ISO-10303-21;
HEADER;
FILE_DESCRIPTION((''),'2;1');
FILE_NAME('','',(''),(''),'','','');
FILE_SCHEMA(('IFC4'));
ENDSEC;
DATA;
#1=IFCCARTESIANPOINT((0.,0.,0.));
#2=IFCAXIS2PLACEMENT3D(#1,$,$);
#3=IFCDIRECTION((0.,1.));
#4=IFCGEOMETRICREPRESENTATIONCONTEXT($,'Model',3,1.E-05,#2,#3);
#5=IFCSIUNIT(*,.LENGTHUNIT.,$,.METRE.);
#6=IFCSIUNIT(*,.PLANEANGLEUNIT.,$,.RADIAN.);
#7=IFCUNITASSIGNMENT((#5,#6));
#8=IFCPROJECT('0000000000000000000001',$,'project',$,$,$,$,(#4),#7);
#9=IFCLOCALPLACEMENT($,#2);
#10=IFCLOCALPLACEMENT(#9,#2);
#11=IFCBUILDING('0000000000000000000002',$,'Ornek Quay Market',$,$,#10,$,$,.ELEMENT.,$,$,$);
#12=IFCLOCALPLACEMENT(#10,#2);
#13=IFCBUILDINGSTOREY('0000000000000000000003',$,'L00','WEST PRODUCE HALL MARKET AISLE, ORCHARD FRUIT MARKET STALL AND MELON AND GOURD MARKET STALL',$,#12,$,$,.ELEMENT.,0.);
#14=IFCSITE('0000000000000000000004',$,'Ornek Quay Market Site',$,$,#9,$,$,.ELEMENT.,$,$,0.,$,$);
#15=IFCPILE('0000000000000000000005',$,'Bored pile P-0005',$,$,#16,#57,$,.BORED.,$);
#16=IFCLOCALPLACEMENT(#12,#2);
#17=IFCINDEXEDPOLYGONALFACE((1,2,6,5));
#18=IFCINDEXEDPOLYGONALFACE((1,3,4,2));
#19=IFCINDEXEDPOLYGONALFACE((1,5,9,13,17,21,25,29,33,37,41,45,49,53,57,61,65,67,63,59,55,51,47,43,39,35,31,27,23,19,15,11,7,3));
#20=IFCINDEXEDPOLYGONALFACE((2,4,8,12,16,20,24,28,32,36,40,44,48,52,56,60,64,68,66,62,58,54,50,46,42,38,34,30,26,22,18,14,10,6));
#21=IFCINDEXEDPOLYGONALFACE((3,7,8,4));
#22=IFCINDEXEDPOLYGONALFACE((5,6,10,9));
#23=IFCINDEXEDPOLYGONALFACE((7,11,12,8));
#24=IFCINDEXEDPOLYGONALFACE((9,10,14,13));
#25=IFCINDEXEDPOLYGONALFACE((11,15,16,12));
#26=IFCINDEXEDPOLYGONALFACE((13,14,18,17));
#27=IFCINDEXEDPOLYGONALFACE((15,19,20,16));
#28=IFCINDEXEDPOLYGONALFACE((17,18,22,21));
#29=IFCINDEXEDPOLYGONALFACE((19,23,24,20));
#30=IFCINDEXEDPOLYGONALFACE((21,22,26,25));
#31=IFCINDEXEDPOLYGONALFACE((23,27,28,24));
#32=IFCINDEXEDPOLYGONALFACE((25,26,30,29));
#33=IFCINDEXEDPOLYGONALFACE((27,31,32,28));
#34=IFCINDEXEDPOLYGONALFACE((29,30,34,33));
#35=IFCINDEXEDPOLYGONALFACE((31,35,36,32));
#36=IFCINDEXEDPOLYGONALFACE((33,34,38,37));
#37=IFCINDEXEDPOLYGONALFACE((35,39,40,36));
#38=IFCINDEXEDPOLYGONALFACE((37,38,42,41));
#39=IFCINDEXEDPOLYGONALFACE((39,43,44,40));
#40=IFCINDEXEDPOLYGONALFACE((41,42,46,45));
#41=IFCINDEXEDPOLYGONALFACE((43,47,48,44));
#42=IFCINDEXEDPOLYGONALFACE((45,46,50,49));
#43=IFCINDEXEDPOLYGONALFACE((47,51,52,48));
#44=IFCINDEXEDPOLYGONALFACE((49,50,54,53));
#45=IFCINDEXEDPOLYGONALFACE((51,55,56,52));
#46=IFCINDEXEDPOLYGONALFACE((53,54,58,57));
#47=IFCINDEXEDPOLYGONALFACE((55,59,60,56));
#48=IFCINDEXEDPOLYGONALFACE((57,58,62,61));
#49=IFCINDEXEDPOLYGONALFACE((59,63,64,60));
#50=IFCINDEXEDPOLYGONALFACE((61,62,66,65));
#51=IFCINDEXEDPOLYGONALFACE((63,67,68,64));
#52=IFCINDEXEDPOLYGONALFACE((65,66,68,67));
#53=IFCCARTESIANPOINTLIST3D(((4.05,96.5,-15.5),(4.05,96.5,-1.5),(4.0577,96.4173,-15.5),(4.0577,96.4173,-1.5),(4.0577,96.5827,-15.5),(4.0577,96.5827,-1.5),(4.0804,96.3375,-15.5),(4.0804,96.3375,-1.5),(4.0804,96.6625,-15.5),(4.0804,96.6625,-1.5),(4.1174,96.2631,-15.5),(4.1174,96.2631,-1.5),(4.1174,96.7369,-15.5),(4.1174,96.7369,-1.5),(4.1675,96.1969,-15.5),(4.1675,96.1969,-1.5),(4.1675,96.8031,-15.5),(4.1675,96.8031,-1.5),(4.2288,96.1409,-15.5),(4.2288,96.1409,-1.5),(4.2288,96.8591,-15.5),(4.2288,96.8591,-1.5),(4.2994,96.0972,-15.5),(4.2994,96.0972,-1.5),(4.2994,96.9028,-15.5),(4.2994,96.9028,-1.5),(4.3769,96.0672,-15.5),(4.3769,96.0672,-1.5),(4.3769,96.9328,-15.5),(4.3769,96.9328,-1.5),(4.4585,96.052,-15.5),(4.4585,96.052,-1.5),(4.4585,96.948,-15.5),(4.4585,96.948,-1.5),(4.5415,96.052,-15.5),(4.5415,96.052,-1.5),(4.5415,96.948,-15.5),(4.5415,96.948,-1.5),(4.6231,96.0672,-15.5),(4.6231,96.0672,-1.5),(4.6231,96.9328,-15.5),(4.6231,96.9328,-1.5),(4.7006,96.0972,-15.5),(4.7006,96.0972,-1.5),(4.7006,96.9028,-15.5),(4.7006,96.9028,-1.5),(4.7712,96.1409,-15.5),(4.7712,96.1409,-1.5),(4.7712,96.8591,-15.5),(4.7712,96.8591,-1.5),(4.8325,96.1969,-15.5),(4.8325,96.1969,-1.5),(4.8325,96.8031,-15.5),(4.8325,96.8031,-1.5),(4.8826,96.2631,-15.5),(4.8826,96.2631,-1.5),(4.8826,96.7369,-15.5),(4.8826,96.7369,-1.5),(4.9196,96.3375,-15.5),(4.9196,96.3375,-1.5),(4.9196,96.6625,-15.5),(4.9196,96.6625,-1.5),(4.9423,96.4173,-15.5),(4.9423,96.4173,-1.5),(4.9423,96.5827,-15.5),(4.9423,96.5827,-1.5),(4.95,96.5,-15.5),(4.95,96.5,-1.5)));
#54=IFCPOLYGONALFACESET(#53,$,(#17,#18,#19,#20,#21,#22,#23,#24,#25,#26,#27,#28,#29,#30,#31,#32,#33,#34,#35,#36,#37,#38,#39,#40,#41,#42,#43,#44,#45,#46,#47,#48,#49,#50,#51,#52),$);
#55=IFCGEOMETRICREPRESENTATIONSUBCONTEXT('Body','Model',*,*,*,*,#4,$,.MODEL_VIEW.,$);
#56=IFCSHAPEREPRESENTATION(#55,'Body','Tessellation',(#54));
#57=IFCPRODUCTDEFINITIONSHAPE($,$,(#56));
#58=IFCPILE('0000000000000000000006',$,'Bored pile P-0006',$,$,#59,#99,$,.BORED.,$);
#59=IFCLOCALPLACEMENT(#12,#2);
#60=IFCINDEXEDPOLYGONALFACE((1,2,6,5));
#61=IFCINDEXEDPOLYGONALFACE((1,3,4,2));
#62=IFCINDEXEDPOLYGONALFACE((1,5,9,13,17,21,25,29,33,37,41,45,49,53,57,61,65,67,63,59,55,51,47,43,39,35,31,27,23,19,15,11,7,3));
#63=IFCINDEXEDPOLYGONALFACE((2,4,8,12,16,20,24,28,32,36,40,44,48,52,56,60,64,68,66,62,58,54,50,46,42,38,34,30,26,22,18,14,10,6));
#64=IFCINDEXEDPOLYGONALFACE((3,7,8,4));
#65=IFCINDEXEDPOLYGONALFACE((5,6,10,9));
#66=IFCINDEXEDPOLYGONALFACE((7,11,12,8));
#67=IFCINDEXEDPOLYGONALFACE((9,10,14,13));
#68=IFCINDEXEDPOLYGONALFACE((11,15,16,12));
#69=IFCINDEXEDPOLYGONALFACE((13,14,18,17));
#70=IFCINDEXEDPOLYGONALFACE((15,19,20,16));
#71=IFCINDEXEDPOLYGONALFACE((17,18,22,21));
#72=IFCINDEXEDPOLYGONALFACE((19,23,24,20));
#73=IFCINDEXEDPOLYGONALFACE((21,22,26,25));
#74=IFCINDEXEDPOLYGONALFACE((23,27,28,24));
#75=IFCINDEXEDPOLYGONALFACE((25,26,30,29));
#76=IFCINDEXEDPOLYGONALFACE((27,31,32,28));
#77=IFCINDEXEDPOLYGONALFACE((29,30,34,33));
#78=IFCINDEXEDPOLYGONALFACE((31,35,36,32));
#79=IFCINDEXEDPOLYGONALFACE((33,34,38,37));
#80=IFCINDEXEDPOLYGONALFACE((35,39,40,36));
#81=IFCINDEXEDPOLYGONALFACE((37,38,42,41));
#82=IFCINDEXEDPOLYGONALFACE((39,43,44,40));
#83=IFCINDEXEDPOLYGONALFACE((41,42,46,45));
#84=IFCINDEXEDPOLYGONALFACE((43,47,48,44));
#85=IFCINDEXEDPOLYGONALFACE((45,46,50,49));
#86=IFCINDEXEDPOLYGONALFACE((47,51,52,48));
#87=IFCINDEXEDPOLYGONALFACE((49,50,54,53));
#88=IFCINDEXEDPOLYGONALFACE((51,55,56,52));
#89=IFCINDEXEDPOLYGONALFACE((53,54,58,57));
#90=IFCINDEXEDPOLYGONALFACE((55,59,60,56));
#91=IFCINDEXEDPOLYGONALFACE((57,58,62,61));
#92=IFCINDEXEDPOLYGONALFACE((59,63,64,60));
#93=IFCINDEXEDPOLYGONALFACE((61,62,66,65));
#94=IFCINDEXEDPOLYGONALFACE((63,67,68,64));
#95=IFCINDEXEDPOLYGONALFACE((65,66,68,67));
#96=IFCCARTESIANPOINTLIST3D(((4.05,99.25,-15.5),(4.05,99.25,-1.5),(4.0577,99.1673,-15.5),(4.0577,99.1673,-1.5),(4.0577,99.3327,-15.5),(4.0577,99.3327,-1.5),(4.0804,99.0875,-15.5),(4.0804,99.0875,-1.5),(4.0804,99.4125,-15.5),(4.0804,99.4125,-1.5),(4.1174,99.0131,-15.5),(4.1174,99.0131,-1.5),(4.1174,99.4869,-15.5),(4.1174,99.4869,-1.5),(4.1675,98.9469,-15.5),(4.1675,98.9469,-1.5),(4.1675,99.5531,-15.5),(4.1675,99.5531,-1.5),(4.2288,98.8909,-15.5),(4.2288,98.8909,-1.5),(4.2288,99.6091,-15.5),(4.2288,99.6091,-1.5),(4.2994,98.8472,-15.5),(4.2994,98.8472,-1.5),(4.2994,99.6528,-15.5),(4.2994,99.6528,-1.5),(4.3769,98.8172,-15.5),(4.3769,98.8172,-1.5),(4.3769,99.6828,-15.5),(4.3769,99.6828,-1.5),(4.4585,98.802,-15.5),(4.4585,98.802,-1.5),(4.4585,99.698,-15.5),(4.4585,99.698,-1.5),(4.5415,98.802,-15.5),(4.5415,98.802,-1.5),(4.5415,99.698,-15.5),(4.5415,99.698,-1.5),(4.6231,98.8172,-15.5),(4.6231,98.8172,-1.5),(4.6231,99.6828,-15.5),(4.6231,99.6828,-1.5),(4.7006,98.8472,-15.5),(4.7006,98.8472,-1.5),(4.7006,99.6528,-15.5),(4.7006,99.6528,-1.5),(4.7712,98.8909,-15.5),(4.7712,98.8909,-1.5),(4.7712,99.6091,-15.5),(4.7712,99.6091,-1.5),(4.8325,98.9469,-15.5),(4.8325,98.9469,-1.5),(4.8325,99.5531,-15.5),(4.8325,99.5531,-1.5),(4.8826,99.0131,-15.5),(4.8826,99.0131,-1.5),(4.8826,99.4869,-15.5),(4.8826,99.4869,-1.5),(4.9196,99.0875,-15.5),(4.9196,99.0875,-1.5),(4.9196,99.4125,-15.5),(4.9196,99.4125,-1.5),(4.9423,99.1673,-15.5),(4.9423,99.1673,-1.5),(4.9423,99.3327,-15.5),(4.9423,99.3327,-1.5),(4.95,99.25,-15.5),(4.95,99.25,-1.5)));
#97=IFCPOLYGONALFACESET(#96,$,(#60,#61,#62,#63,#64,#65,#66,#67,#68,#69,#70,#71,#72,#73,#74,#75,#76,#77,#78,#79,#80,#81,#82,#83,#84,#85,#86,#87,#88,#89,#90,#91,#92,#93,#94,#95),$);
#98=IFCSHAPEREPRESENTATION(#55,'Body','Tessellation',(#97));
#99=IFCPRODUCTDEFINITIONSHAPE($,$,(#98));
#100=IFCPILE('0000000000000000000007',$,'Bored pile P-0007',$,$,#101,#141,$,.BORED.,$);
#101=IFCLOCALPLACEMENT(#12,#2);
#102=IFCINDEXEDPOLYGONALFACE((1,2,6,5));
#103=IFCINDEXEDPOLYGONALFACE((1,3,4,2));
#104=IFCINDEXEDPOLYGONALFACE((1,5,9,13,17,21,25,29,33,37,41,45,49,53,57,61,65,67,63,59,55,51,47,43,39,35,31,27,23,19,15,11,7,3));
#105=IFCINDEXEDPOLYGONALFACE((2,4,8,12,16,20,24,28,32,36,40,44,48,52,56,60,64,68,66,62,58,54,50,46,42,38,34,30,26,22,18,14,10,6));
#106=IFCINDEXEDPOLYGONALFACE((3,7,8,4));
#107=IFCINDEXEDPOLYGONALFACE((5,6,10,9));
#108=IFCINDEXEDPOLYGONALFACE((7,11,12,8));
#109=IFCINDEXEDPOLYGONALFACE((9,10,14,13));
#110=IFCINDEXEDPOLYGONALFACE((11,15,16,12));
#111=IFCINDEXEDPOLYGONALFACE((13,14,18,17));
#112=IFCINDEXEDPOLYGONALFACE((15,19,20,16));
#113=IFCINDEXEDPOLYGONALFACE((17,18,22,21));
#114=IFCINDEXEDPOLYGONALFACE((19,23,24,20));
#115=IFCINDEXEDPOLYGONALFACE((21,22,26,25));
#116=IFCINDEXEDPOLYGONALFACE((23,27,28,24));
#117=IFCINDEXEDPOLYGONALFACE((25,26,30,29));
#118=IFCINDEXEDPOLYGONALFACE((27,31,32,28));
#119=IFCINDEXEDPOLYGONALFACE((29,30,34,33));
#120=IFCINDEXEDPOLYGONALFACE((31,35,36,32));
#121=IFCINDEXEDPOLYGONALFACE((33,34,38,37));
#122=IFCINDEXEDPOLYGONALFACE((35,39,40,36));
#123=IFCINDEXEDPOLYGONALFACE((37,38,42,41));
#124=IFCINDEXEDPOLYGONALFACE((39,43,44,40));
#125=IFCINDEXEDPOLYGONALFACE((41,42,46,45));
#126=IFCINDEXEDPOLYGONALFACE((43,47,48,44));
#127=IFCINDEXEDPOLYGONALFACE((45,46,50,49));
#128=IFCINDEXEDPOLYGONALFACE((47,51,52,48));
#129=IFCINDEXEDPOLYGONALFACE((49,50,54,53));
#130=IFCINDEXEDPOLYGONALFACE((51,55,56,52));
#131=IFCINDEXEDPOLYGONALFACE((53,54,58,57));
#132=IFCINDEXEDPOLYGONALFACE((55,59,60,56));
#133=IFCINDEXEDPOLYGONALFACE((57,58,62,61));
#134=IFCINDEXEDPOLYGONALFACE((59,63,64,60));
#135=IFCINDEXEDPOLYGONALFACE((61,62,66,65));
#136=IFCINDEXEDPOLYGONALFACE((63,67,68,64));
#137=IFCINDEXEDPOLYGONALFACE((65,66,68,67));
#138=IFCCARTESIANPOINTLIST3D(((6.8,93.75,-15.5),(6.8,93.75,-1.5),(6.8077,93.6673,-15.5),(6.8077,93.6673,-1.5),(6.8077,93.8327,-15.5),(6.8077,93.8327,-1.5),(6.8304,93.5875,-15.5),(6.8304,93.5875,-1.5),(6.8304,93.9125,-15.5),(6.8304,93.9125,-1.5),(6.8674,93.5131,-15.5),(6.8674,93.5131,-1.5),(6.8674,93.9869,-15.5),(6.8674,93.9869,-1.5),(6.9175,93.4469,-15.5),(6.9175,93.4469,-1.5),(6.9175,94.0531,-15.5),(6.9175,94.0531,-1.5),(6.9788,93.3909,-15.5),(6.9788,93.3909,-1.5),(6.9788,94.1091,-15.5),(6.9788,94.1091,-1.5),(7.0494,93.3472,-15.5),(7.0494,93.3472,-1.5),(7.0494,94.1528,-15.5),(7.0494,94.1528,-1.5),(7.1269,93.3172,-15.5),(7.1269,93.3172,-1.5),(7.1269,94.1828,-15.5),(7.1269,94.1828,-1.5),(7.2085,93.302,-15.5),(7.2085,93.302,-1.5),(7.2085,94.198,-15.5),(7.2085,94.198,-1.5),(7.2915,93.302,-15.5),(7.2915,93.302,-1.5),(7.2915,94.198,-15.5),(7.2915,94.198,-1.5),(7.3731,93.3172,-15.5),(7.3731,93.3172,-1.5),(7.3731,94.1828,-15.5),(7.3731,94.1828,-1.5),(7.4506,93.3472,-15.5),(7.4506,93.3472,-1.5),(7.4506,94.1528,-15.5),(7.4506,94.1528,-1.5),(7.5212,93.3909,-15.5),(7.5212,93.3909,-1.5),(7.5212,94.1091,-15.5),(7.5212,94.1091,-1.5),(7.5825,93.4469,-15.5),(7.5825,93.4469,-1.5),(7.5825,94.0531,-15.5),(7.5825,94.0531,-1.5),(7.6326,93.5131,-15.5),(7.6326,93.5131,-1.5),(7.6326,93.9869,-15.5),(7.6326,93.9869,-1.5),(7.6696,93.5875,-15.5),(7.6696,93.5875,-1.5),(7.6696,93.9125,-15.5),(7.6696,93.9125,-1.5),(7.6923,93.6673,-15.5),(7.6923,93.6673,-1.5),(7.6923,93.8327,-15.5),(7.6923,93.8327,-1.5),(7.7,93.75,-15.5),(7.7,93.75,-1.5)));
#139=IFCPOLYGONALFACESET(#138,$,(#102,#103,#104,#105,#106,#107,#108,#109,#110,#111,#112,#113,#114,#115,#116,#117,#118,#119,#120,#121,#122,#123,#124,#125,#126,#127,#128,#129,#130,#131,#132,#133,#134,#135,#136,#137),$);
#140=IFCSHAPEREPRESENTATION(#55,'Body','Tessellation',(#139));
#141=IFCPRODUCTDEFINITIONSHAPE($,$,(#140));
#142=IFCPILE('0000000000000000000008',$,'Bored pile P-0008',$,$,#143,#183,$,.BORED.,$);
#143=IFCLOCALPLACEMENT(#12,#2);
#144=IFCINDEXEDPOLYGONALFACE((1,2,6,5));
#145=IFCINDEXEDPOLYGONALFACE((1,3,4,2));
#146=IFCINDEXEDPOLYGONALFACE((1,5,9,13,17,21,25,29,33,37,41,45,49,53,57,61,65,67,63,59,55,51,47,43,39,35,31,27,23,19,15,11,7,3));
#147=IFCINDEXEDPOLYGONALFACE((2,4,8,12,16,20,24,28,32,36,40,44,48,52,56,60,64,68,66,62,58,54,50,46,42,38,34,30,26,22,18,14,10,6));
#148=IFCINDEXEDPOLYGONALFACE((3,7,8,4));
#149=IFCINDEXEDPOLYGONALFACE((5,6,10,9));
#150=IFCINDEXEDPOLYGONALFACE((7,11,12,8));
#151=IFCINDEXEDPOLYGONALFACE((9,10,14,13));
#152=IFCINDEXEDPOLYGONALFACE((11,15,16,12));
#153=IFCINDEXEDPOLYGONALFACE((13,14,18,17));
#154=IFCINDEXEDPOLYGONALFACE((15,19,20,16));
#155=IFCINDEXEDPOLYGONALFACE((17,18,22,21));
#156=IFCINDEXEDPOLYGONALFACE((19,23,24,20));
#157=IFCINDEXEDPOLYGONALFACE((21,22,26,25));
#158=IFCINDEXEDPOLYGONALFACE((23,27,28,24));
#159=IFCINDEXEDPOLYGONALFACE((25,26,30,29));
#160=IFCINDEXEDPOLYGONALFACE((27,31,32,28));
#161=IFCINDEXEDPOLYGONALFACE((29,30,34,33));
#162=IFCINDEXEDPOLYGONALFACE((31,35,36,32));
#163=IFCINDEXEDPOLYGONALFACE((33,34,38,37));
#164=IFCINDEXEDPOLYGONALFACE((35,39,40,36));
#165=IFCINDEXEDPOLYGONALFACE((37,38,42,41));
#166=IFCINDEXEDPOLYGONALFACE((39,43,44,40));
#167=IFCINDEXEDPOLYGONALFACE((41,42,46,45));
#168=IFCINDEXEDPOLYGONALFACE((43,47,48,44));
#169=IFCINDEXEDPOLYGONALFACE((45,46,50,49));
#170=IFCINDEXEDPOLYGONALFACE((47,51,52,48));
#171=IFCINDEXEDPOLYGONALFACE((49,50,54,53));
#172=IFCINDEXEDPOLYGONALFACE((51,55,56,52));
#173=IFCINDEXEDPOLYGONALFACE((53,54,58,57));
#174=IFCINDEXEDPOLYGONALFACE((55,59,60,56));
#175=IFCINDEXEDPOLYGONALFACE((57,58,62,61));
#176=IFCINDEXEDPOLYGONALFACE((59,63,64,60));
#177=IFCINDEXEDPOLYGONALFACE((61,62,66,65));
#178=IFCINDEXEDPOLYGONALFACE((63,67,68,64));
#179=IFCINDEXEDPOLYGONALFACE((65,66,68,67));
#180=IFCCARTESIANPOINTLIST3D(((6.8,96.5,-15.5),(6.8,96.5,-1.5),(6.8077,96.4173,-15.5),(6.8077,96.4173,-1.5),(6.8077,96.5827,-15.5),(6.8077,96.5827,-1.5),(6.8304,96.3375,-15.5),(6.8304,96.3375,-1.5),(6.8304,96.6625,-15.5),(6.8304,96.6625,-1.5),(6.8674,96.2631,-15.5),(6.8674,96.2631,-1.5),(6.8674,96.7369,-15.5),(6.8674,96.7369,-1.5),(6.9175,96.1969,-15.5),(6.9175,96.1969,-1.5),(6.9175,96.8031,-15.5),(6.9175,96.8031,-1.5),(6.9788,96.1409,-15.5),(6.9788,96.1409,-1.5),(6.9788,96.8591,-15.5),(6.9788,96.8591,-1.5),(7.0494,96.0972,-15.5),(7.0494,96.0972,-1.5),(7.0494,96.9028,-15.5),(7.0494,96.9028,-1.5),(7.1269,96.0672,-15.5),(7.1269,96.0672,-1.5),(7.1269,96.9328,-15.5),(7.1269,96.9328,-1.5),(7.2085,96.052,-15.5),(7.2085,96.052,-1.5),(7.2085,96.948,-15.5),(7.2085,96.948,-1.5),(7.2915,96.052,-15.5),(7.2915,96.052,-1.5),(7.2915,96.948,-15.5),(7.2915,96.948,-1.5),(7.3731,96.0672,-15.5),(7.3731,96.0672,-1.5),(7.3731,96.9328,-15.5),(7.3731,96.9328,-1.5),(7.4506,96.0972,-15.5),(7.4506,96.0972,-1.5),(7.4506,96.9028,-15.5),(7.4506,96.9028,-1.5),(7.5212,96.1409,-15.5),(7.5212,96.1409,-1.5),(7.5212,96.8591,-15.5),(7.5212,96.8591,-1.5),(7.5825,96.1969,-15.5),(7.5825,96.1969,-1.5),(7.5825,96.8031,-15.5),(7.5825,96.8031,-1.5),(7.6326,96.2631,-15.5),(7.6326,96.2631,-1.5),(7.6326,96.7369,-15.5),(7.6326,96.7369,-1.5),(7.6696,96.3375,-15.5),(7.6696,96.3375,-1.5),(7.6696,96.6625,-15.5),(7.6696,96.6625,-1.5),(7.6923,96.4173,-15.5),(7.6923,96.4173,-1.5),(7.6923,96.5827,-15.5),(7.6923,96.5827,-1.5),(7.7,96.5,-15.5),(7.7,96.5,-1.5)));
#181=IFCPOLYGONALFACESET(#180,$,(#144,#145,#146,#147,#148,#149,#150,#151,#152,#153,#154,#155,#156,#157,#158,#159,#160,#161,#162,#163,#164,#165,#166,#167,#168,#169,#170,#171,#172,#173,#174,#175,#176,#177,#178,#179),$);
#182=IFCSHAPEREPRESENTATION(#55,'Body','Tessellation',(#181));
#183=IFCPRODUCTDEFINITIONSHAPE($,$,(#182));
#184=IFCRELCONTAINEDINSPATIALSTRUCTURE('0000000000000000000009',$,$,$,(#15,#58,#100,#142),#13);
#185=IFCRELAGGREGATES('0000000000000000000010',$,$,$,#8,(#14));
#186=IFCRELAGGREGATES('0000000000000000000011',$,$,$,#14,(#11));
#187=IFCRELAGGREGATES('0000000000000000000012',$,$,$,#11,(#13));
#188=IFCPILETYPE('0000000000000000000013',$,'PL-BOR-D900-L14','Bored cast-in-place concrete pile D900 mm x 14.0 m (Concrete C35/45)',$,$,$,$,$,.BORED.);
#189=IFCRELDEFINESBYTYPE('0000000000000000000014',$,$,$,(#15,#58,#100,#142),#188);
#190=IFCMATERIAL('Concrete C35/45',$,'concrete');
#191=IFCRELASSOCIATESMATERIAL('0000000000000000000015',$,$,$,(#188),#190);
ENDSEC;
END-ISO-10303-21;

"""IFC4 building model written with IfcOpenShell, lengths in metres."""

from ifc_helpers import new_model, si_unit, direction, frame, origin, origin_2d, place, context, subcontext, project, spatial, circle, extrude, material, material_profile, profile_set, type_object, element, save


model = new_model("IFC4")

# Units and contexts
model_context = context("Model", 3, precision=1e-05, world=origin(), true_north=direction((0.0, 1.0)))
body_context = subcontext(model_context, "Body", "Model", "MODEL_VIEW")
ifc_project = project(units=[si_unit("LENGTHUNIT", "METRE"), si_unit("PLANEANGLEUNIT", "RADIAN")], contexts=[model_context])

# Site, building, storey
site_placement = place(None, origin())
site = spatial("IfcSite", under=ifc_project, at=site_placement, Name="Ornek Quay Market Site", CompositionType="ELEMENT", RefElevation=0.0)
building_placement = place(site_placement, origin())
building = spatial("IfcBuilding", under=site, at=building_placement, Name="Ornek Quay Market", CompositionType="ELEMENT")
storey_placement = place(building_placement, origin())
storey = spatial("IfcBuildingStorey", under=building, at=storey_placement, Name="L00", Description="WEST PRODUCE HALL MARKET AISLE, ORCHARD FRUIT MARKET STALL AND MELON AND GOURD MARKET STALL", CompositionType="ELEMENT", Elevation=0.0)

# Piles
ifc_material_1 = material(Name="Concrete C35/45", Category="concrete")
ifc_material_profile_1 = material_profile(ifc_material_1, circle(Radius=0.45, at=origin_2d()), Name="PILE D900", Category="concrete")
ifc_profile_set_1 = profile_set([ifc_material_profile_1], Name="Concrete C35/45")
pile_type = type_object("IfcPileType", Name="PL-BOR-D900-L14", Description="Bored cast-in-place concrete pile D900 mm x 14.0 m (Concrete C35/45)", PredefinedType="BORED", material=ifc_profile_set_1)
for number, where, z_axis, x_axis, name in (
    (1, (4.5, 96.5, -1.5), (0.0, 0.0, -1.0), (1.0, 0.0, 0.0), "Bored pile P-0005"),
    (2, (4.5, 99.25, -1.5), (0.0, 0.0, -1.0), (1.0, 0.0, 0.0), "Bored pile P-0006"),
    (3, (7.25, 93.75, -1.5), (0.0, 0.0, -1.0), (1.0, 0.0, 0.0), "Bored pile P-0007"),
    (4, (7.25, 96.5, -1.5), (0.0, 0.0, -1.0), (1.0, 0.0, 0.0), "Bored pile P-0008"),
):
    element("IfcPile", number, at=place(storey_placement, frame(where, z_axis=z_axis, x_axis=x_axis)), inside=storey, type_object=pile_type, Name=name, PredefinedType="BORED", context=body_context, shape_type="SweptSolid", body=[
        extrude(circle(Radius=0.45, at=origin_2d()), origin(), (0.0, 0.0, 1.0), 14.0),
    ])

save(model, "model.ifc")
